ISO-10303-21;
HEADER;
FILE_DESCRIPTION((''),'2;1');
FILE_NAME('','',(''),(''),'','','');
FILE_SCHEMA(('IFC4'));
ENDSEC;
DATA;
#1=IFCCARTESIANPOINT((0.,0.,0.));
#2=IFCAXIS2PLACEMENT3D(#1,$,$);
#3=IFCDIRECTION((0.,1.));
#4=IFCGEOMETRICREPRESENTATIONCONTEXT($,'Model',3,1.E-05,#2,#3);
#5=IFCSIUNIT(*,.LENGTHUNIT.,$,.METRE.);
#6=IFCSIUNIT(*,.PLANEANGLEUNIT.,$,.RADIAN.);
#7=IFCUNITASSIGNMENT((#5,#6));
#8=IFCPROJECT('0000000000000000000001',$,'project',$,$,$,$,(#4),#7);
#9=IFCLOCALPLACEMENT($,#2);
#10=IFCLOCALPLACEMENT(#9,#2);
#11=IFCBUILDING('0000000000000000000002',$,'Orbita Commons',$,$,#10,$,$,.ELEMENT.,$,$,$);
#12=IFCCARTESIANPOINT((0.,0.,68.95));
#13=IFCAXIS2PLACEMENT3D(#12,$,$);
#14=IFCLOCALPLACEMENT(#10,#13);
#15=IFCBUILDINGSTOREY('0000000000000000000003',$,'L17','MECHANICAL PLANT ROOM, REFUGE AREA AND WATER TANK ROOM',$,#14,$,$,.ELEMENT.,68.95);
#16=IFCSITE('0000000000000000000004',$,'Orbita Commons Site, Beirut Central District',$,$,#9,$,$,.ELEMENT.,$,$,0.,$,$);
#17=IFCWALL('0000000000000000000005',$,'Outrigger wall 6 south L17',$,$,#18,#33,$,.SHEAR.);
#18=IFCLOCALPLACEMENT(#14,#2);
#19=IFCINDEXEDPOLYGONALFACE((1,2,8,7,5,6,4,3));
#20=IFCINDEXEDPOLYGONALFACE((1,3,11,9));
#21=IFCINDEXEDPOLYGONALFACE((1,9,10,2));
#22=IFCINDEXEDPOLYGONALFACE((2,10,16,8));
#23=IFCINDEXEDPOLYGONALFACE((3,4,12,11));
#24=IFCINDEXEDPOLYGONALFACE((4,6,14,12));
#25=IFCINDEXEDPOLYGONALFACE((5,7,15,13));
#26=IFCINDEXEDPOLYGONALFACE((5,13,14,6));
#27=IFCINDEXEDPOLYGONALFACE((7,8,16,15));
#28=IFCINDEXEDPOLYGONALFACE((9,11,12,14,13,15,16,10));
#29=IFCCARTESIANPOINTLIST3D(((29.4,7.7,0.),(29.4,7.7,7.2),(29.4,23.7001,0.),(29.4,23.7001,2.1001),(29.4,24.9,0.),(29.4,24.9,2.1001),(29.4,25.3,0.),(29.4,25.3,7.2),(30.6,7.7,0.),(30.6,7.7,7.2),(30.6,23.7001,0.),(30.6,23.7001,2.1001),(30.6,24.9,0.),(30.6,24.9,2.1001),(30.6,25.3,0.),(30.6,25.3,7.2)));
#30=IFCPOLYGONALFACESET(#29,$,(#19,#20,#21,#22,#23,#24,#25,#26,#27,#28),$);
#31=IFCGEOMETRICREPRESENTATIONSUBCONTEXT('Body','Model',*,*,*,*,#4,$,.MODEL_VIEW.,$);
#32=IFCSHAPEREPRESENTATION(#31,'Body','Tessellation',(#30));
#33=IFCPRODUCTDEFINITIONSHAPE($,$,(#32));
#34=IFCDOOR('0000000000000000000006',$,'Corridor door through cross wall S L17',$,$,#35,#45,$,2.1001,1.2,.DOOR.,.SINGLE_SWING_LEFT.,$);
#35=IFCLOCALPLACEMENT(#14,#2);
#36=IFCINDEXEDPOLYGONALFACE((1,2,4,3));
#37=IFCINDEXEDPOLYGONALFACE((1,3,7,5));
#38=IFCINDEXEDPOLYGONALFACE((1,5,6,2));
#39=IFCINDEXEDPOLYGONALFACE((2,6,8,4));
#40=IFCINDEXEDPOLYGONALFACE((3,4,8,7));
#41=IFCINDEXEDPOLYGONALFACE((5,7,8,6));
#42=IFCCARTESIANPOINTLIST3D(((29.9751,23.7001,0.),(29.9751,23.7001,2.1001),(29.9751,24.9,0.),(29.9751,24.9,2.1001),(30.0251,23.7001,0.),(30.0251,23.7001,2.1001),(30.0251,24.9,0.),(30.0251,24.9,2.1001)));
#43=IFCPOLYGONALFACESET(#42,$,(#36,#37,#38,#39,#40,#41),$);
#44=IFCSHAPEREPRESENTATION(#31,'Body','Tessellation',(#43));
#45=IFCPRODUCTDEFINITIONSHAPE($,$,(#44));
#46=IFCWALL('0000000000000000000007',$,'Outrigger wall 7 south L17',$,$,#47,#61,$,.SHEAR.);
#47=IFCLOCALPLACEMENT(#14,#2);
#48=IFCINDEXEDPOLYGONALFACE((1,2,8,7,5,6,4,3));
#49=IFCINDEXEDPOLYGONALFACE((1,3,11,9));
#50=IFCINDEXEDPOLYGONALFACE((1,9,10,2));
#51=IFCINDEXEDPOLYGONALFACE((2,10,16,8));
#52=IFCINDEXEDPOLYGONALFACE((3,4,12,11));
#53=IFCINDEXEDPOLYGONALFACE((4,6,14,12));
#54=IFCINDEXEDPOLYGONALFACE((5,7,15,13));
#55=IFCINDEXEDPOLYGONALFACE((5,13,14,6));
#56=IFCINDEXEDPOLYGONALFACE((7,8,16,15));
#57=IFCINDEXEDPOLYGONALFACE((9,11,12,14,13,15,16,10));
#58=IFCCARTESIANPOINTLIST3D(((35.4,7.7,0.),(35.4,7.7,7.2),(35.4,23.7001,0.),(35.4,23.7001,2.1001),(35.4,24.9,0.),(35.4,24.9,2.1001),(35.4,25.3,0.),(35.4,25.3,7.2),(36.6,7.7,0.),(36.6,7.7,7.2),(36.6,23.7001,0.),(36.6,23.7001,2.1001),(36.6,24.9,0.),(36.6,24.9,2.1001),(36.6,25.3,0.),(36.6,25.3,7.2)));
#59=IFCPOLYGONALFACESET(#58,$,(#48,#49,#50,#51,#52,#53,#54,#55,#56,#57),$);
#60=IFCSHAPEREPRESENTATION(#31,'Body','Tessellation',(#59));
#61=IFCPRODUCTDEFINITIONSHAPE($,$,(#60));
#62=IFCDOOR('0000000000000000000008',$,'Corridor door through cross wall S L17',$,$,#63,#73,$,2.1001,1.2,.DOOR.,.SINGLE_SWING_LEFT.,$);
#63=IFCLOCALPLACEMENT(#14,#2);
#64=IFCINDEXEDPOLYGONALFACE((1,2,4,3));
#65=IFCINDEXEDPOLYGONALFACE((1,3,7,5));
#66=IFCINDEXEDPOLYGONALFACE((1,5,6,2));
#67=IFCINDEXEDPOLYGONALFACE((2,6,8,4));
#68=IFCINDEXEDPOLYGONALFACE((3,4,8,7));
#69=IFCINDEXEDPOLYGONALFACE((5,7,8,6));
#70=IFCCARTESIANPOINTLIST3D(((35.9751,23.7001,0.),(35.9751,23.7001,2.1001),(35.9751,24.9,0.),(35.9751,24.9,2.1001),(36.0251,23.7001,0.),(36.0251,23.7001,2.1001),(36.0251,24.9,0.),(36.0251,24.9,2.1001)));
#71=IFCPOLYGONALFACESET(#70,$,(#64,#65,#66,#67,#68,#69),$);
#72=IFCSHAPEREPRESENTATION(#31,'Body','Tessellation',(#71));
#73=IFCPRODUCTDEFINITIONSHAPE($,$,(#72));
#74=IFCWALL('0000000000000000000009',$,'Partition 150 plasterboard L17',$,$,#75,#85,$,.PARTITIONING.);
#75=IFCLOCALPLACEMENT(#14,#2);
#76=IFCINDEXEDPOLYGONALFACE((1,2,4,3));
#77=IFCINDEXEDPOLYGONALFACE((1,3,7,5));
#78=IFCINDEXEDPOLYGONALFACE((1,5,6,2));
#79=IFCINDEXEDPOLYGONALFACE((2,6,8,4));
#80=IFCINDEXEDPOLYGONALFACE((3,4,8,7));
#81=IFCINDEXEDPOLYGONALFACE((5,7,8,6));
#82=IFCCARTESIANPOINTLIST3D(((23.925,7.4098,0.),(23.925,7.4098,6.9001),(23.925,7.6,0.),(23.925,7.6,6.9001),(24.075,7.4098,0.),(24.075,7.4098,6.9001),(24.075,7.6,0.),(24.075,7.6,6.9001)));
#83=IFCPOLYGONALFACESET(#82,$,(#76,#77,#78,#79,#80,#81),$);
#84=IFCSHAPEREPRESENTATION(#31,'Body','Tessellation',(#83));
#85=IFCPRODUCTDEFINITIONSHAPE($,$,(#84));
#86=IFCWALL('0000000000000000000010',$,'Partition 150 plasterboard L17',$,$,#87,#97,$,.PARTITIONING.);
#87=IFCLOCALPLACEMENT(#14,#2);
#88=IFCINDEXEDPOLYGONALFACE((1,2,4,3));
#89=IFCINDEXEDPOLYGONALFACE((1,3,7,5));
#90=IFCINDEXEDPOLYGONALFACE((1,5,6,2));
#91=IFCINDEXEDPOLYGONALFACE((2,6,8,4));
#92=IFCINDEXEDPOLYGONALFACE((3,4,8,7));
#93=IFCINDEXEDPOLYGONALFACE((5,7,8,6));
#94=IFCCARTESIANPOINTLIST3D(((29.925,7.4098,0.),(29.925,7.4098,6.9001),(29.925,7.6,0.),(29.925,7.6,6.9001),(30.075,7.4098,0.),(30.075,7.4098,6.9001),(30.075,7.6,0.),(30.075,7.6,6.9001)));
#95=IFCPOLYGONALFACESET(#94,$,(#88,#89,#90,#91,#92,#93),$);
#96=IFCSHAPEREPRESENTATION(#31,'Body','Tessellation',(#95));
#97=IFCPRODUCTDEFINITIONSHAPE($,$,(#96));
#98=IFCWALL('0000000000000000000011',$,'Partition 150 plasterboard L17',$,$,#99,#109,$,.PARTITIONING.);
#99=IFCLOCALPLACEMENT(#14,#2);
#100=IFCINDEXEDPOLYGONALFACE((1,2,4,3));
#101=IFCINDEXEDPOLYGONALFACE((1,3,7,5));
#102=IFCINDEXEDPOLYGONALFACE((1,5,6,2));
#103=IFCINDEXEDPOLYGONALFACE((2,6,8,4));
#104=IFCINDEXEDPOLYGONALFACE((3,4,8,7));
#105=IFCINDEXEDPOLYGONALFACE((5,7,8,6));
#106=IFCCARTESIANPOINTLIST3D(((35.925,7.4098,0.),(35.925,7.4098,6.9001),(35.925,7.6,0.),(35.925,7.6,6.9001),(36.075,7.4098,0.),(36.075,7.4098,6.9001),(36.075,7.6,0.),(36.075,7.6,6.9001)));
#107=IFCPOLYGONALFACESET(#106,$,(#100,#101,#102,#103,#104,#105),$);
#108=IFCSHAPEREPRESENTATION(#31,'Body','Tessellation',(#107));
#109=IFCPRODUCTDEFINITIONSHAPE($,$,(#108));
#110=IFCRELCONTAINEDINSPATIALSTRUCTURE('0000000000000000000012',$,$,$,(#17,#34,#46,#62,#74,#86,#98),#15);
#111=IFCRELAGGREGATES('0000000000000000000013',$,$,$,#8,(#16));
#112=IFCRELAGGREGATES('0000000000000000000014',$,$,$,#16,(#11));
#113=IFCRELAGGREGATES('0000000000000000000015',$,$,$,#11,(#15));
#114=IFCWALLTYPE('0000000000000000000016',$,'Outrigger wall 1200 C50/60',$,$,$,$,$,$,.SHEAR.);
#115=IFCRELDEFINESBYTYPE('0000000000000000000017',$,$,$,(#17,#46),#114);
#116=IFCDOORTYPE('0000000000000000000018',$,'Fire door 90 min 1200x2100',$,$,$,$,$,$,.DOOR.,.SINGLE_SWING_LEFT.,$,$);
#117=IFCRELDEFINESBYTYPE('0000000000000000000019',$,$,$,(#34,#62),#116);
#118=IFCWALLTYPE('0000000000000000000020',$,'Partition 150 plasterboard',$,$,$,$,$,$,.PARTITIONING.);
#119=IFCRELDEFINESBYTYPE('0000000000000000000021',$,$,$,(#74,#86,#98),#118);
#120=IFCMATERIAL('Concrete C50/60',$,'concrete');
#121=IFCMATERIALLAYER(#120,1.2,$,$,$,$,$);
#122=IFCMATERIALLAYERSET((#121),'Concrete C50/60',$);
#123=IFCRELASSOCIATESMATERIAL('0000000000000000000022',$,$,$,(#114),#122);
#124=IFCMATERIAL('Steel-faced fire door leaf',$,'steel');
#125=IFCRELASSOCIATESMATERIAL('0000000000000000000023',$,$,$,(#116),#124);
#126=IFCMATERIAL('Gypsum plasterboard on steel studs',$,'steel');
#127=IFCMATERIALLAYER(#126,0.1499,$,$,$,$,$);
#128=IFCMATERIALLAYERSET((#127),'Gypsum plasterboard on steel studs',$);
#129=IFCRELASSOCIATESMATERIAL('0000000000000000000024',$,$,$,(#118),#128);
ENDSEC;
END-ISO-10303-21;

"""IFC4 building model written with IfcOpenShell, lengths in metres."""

from ifc_helpers import new_model, si_unit, direction, frame, frame_2d, origin, place, context, subcontext, project, spatial, rectangle, extrude, material, layer, layer_set, type_object, element, fill, save


model = new_model("IFC4")

# Units and contexts
model_context = context("Model", 3, precision=1e-05, world=origin(), true_north=direction((0.0, 1.0)))
body_context = subcontext(model_context, "Body", "Model", "MODEL_VIEW")
ifc_project = project(units=[si_unit("LENGTHUNIT", "METRE"), si_unit("PLANEANGLEUNIT", "RADIAN")], contexts=[model_context])

# Site, building, storey
site_placement = place(None, origin())
site = spatial("IfcSite", under=ifc_project, at=site_placement, Name="Orbita Commons Site, Beirut Central District", CompositionType="ELEMENT", RefElevation=0.0)
building_placement = place(site_placement, origin())
building = spatial("IfcBuilding", under=site, at=building_placement, Name="Orbita Commons", CompositionType="ELEMENT")
storey_placement = place(building_placement, frame((0.0, 0.0, 68.95)))
storey = spatial("IfcBuildingStorey", under=building, at=storey_placement, Name="L17", Description="MECHANICAL PLANT ROOM, REFUGE AREA AND WATER TANK ROOM", CompositionType="ELEMENT", Elevation=68.95)

# Walls, openings, doors
ifc_material_1 = material(Name="Concrete C50/60", Category="concrete")
ifc_layer_1 = layer(ifc_material_1, 1.2)
ifc_layer_set_1 = layer_set([ifc_layer_1], Name="Concrete C50/60")
wall_type_1 = type_object("IfcWallType", Name="Outrigger wall 1200 C50/60", PredefinedType="SHEAR", material=ifc_layer_set_1)
ifc_material_2 = material(Name="Steel-faced fire door leaf", Category="steel")
door_type = type_object("IfcDoorType", Name="Fire door 90 min 1200x2100", OperationType="SINGLE_SWING_LEFT", PredefinedType="DOOR", material=ifc_material_2)
wall_1_placement = place(storey_placement, frame((30.0, 7.7, 0.0), z_axis=(0.0, 0.0, 1.0), x_axis=(0.0, 1.0, 0.0)))
wall_1 = element("IfcWall", 1, at=wall_1_placement, inside=storey, type_object=wall_type_1, Name="Outrigger wall 6 south L17", PredefinedType="SHEAR", context=body_context, shape_type="SweptSolid", body=[
    extrude(rectangle(XDim=17.6001, YDim=1.2, at=frame_2d((8.8, 0.0))), origin(), (0.0, 0.0, 1.0), 7.2),
])
opening_1_placement = place(wall_1_placement, frame((16.0, 0.0, 0.0)))
opening_1 = element("IfcOpeningElement", 2, at=opening_1_placement, cuts=wall_1, PredefinedType="OPENING", context=body_context, shape_type="SweptSolid", body=[
    extrude(rectangle(XDim=1.2, YDim=2.1001, at=frame_2d((0.6001, 1.05))), frame((0.0, 0.6099, 0.0), z_axis=(0.0, -1.0, 0.0), x_axis=(1.0, 0.0, 0.0)), (0.0, 0.0, 1.0), 1.22),
])
door_1_placement = place(opening_1_placement, origin())
door_1 = element("IfcDoor", 3, at=door_1_placement, inside=storey, type_object=door_type, Name="Corridor door through cross wall S L17", OperationType="SINGLE_SWING_LEFT", OverallHeight=2.1001, OverallWidth=1.2, PredefinedType="DOOR", context=body_context, shape_type="SweptSolid", body=[
    extrude(rectangle(XDim=1.2, YDim=2.1001, at=frame_2d((0.6001, 1.05))), frame((0.0, 0.0249, 0.0), z_axis=(0.0, -1.0, 0.0), x_axis=(1.0, 0.0, 0.0)), (0.0, 0.0, 1.0), 0.05),
])
fill(opening_1, door_1)
wall_2_placement = place(storey_placement, frame((36.0, 7.7, 0.0), z_axis=(0.0, 0.0, 1.0), x_axis=(0.0, 1.0, 0.0)))
wall_2 = element("IfcWall", 4, at=wall_2_placement, inside=storey, type_object=wall_type_1, Name="Outrigger wall 7 south L17", PredefinedType="SHEAR", context=body_context, shape_type="SweptSolid", body=[
    extrude(rectangle(XDim=17.6001, YDim=1.2, at=frame_2d((8.8, 0.0))), origin(), (0.0, 0.0, 1.0), 7.2),
])
opening_2_placement = place(wall_2_placement, frame((16.0, 0.0, 0.0)))
opening_2 = element("IfcOpeningElement", 5, at=opening_2_placement, cuts=wall_2, PredefinedType="OPENING", context=body_context, shape_type="SweptSolid", body=[
    extrude(rectangle(XDim=1.2, YDim=2.1001, at=frame_2d((0.6001, 1.05))), frame((0.0, 0.6099, 0.0), z_axis=(0.0, -1.0, 0.0), x_axis=(1.0, 0.0, 0.0)), (0.0, 0.0, 1.0), 1.22),
])
door_2_placement = place(opening_2_placement, origin())
door_2 = element("IfcDoor", 6, at=door_2_placement, inside=storey, type_object=door_type, Name="Corridor door through cross wall S L17", OperationType="SINGLE_SWING_LEFT", OverallHeight=2.1001, OverallWidth=1.2, PredefinedType="DOOR", context=body_context, shape_type="SweptSolid", body=[
    extrude(rectangle(XDim=1.2, YDim=2.1001, at=frame_2d((0.6001, 1.05))), frame((0.0, 0.0249, 0.0), z_axis=(0.0, -1.0, 0.0), x_axis=(1.0, 0.0, 0.0)), (0.0, 0.0, 1.0), 0.05),
])
fill(opening_2, door_2)

# Walls
ifc_material_3 = material(Name="Gypsum plasterboard on steel studs", Category="steel")
ifc_layer_2 = layer(ifc_material_3, 0.1499)
ifc_layer_set_2 = layer_set([ifc_layer_2], Name="Gypsum plasterboard on steel studs")
wall_type_2 = type_object("IfcWallType", Name="Partition 150 plasterboard", PredefinedType="PARTITIONING", material=ifc_layer_set_2)
for number, where, z_axis, x_axis, name in (
    (7, (24.0, 7.6001, 0.0), (0.0, 0.0, 1.0), (0.0, -1.0, 0.0), "Partition 150 plasterboard L17"),
    (8, (30.0, 7.6001, 0.0), (0.0, 0.0, 1.0), (0.0, -1.0, 0.0), "Partition 150 plasterboard L17"),
    (9, (36.0, 7.6001, 0.0), (0.0, 0.0, 1.0), (0.0, -1.0, 0.0), "Partition 150 plasterboard L17"),
):
    element("IfcWall", number, at=place(storey_placement, frame(where, z_axis=z_axis, x_axis=x_axis)), inside=storey, type_object=wall_type_2, Name=name, PredefinedType="PARTITIONING", context=body_context, shape_type="SweptSolid", body=[
        extrude(rectangle(XDim=0.1902, YDim=0.1499, at=frame_2d((0.0952, 0.0))), origin(), (0.0, 0.0, 1.0), 6.9001),
    ])

save(model, "model.ifc")
